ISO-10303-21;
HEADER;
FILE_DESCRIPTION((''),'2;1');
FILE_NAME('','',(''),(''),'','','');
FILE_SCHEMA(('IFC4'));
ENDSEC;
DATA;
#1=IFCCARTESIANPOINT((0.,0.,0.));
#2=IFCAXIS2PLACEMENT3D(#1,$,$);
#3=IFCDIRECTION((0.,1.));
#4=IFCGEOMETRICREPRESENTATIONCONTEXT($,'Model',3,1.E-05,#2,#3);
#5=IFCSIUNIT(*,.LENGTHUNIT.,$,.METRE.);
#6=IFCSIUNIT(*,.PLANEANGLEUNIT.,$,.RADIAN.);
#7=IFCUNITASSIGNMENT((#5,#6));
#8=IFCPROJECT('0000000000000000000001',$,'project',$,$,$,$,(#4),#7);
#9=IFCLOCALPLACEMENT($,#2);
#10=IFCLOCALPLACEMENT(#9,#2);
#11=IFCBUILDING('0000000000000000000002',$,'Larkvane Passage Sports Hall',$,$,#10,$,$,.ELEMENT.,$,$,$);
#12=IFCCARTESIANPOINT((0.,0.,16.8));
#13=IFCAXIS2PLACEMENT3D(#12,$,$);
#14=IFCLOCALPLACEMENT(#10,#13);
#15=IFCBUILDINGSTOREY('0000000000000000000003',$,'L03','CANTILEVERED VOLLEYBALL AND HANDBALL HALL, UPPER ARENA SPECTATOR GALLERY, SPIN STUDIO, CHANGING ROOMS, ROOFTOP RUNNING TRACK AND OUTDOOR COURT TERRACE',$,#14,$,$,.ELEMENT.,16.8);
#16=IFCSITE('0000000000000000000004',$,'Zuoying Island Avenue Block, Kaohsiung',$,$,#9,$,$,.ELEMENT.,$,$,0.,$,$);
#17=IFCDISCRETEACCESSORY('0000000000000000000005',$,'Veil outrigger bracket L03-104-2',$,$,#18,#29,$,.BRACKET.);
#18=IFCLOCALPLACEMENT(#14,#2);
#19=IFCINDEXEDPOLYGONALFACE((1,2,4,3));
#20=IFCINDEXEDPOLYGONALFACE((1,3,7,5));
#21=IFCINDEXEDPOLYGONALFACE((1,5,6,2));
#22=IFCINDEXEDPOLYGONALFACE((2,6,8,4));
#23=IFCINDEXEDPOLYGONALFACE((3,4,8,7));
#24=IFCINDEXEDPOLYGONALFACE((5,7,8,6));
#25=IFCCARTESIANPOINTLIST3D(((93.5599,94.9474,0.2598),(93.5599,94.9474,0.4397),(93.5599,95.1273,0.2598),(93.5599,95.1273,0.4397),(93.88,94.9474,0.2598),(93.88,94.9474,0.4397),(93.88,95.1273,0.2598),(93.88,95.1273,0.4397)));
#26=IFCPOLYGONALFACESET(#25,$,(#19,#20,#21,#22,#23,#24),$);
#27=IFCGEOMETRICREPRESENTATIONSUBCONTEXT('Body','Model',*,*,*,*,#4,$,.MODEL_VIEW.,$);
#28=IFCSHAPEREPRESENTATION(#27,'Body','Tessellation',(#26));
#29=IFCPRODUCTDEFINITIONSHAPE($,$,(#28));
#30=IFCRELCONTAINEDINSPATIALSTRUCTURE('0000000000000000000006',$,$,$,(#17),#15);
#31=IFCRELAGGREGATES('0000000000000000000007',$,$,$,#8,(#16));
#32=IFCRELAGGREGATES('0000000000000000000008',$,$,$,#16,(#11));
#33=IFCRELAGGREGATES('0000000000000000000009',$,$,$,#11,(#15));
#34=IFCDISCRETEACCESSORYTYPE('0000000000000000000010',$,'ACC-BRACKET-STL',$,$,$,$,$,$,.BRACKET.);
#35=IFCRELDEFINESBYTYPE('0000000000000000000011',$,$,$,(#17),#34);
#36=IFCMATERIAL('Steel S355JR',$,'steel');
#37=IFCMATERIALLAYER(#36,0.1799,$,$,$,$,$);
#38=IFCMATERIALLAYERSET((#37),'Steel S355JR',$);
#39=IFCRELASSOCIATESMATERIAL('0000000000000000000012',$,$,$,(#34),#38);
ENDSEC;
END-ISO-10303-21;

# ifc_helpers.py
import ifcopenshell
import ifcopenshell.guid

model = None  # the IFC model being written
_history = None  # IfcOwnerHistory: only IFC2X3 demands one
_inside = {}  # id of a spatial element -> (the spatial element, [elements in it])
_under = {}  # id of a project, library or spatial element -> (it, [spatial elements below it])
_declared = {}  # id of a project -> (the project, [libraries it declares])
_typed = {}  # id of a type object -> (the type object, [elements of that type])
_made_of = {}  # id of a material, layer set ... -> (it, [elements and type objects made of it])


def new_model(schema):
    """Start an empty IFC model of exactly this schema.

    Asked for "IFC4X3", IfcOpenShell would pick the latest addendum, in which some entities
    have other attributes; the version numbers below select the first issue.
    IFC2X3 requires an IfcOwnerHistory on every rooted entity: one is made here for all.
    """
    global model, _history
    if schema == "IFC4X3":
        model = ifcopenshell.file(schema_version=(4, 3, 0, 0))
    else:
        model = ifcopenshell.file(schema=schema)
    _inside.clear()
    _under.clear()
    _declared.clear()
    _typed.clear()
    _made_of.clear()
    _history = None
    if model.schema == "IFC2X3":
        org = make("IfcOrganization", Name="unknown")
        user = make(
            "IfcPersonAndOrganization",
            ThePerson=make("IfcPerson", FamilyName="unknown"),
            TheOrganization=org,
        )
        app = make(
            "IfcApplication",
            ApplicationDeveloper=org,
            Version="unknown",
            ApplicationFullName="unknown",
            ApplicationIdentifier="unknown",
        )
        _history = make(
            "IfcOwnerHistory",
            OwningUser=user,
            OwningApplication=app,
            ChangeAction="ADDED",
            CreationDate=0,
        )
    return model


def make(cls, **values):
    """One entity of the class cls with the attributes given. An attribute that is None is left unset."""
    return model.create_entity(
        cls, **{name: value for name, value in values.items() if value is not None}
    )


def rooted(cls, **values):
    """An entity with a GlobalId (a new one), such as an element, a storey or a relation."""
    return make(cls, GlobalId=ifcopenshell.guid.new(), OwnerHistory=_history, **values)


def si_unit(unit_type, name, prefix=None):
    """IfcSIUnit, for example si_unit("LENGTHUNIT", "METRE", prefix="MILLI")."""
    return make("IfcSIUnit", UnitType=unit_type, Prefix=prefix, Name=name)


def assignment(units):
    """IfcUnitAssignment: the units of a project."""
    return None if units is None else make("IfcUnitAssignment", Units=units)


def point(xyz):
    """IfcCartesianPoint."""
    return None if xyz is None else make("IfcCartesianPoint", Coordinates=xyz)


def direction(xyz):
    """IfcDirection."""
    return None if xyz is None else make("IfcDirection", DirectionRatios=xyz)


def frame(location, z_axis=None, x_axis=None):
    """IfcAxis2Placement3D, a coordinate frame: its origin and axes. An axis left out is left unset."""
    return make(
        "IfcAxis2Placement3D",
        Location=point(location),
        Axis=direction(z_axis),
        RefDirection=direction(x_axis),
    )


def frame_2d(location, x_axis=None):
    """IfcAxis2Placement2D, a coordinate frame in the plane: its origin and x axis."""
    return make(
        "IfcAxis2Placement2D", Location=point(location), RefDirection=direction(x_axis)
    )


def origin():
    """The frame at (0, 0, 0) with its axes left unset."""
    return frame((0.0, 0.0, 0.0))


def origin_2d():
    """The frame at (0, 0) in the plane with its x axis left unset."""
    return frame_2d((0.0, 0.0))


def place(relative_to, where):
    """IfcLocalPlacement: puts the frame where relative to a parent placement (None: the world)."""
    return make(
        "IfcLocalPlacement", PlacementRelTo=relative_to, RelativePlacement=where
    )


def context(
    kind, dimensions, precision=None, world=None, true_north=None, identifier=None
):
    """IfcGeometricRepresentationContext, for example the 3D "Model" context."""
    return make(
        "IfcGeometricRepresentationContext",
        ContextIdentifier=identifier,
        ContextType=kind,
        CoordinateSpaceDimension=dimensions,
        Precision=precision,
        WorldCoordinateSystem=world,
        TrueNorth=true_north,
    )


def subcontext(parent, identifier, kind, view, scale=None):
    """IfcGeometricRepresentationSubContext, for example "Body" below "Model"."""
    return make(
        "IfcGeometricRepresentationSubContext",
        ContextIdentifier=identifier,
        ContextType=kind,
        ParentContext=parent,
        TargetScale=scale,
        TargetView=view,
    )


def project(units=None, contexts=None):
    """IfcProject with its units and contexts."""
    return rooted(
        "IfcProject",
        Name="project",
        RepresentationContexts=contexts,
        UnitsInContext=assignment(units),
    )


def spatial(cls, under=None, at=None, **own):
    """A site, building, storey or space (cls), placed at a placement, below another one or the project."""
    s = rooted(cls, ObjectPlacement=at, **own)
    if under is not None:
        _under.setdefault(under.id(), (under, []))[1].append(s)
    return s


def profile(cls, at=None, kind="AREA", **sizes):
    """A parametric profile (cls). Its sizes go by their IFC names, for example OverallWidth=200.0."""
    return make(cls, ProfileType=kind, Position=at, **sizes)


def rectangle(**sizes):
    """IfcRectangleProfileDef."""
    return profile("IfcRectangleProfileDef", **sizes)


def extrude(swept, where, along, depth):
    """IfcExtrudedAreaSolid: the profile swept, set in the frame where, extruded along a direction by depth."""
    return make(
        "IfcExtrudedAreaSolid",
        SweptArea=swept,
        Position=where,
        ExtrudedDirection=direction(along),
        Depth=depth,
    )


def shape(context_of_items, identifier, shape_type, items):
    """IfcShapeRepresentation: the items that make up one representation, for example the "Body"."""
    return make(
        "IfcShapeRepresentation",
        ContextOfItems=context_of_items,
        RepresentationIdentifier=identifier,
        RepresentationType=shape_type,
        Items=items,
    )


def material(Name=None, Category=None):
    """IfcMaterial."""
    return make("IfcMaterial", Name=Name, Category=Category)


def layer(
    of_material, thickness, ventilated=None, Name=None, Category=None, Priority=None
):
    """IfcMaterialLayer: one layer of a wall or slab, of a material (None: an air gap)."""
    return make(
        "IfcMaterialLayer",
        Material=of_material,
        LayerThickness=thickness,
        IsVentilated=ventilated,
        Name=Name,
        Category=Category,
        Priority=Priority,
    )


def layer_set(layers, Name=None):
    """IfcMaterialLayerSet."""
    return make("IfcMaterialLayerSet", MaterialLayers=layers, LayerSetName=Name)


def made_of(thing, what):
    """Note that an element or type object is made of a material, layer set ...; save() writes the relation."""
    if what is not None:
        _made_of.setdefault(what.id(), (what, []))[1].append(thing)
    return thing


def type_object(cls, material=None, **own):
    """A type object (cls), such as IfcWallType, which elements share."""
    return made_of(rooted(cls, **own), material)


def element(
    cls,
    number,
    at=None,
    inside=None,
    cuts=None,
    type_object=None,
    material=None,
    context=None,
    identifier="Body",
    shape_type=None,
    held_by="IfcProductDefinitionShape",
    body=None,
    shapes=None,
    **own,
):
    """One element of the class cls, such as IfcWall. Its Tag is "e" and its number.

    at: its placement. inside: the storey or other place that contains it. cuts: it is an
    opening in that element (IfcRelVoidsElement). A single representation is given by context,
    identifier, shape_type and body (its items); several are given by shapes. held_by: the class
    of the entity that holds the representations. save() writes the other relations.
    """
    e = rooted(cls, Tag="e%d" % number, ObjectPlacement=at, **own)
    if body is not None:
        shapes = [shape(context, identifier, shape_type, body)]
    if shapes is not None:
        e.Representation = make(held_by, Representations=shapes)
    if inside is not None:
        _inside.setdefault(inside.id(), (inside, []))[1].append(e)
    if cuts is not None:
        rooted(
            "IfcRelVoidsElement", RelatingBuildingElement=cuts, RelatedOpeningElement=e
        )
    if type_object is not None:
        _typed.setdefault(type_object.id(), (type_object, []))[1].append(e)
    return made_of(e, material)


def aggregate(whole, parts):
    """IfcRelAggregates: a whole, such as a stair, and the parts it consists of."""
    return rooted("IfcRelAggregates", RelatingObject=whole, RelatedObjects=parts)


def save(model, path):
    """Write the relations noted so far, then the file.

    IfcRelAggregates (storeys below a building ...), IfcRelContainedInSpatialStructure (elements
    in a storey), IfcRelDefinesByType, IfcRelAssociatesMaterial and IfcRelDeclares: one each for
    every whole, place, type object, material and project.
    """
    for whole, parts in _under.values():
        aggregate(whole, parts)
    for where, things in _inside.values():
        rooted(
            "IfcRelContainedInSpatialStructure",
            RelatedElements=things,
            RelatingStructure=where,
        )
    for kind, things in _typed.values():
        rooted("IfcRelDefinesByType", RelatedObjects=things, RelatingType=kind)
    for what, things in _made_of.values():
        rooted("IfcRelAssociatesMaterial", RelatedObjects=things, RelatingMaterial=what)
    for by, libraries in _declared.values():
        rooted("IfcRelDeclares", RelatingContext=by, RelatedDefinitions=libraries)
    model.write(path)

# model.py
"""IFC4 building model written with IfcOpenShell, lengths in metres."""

from ifc_helpers import new_model, si_unit, direction, frame, origin, origin_2d, place, context, subcontext, project, spatial, rectangle, extrude, material, layer, layer_set, type_object, element, save


model = new_model("IFC4")

# Units and contexts
model_context = context("Model", 3, precision=1e-05, world=origin(), true_north=direction((0.0, 1.0)))
body_context = subcontext(model_context, "Body", "Model", "MODEL_VIEW")
ifc_project = project(units=[si_unit("LENGTHUNIT", "METRE"), si_unit("PLANEANGLEUNIT", "RADIAN")], contexts=[model_context])

# Site, building, storey
site_placement = place(None, origin())
site = spatial("IfcSite", under=ifc_project, at=site_placement, Name="Zuoying Island Avenue Block, Kaohsiung", CompositionType="ELEMENT", RefElevation=0.0)
building_placement = place(site_placement, origin())
building = spatial("IfcBuilding", under=site, at=building_placement, Name="Larkvane Passage Sports Hall", CompositionType="ELEMENT")
storey_placement = place(building_placement, frame((0.0, 0.0, 16.8)))
storey = spatial("IfcBuildingStorey", under=building, at=storey_placement, Name="L03", Description="CANTILEVERED VOLLEYBALL AND HANDBALL HALL, UPPER ARENA SPECTATOR GALLERY, SPIN STUDIO, CHANGING ROOMS, ROOFTOP RUNNING TRACK AND OUTDOOR COURT TERRACE", CompositionType="ELEMENT", Elevation=16.8)

# Shared definitions
ifc_material_1 = material(Name="Steel S355JR", Category="steel")

# Discrete accessory
ifc_layer_1 = layer(ifc_material_1, 0.1799)
ifc_layer_set_1 = layer_set([ifc_layer_1], Name="Steel S355JR")
discrete_accessory_type = type_object("IfcDiscreteAccessoryType", Name="ACC-BRACKET-STL", PredefinedType="BRACKET", material=ifc_layer_set_1)
for number, where, z_axis, x_axis, name in (
    (1, (93.72, 95.0374, 0.2598), (0.0, 0.0, 1.0), (0.0, -1.0, 0.0), "Veil outrigger bracket L03-104-2"),
):
    element("IfcDiscreteAccessory", number, at=place(storey_placement, frame(where, z_axis=z_axis, x_axis=x_axis)), inside=storey, type_object=discrete_accessory_type, Name=name, PredefinedType="BRACKET", context=body_context, shape_type="SweptSolid", body=[
        extrude(rectangle(XDim=0.1799, YDim=0.3201, at=origin_2d()), origin(), (0.0, 0.0, 1.0), 0.1799),
    ])

save(model, "model.ifc")
